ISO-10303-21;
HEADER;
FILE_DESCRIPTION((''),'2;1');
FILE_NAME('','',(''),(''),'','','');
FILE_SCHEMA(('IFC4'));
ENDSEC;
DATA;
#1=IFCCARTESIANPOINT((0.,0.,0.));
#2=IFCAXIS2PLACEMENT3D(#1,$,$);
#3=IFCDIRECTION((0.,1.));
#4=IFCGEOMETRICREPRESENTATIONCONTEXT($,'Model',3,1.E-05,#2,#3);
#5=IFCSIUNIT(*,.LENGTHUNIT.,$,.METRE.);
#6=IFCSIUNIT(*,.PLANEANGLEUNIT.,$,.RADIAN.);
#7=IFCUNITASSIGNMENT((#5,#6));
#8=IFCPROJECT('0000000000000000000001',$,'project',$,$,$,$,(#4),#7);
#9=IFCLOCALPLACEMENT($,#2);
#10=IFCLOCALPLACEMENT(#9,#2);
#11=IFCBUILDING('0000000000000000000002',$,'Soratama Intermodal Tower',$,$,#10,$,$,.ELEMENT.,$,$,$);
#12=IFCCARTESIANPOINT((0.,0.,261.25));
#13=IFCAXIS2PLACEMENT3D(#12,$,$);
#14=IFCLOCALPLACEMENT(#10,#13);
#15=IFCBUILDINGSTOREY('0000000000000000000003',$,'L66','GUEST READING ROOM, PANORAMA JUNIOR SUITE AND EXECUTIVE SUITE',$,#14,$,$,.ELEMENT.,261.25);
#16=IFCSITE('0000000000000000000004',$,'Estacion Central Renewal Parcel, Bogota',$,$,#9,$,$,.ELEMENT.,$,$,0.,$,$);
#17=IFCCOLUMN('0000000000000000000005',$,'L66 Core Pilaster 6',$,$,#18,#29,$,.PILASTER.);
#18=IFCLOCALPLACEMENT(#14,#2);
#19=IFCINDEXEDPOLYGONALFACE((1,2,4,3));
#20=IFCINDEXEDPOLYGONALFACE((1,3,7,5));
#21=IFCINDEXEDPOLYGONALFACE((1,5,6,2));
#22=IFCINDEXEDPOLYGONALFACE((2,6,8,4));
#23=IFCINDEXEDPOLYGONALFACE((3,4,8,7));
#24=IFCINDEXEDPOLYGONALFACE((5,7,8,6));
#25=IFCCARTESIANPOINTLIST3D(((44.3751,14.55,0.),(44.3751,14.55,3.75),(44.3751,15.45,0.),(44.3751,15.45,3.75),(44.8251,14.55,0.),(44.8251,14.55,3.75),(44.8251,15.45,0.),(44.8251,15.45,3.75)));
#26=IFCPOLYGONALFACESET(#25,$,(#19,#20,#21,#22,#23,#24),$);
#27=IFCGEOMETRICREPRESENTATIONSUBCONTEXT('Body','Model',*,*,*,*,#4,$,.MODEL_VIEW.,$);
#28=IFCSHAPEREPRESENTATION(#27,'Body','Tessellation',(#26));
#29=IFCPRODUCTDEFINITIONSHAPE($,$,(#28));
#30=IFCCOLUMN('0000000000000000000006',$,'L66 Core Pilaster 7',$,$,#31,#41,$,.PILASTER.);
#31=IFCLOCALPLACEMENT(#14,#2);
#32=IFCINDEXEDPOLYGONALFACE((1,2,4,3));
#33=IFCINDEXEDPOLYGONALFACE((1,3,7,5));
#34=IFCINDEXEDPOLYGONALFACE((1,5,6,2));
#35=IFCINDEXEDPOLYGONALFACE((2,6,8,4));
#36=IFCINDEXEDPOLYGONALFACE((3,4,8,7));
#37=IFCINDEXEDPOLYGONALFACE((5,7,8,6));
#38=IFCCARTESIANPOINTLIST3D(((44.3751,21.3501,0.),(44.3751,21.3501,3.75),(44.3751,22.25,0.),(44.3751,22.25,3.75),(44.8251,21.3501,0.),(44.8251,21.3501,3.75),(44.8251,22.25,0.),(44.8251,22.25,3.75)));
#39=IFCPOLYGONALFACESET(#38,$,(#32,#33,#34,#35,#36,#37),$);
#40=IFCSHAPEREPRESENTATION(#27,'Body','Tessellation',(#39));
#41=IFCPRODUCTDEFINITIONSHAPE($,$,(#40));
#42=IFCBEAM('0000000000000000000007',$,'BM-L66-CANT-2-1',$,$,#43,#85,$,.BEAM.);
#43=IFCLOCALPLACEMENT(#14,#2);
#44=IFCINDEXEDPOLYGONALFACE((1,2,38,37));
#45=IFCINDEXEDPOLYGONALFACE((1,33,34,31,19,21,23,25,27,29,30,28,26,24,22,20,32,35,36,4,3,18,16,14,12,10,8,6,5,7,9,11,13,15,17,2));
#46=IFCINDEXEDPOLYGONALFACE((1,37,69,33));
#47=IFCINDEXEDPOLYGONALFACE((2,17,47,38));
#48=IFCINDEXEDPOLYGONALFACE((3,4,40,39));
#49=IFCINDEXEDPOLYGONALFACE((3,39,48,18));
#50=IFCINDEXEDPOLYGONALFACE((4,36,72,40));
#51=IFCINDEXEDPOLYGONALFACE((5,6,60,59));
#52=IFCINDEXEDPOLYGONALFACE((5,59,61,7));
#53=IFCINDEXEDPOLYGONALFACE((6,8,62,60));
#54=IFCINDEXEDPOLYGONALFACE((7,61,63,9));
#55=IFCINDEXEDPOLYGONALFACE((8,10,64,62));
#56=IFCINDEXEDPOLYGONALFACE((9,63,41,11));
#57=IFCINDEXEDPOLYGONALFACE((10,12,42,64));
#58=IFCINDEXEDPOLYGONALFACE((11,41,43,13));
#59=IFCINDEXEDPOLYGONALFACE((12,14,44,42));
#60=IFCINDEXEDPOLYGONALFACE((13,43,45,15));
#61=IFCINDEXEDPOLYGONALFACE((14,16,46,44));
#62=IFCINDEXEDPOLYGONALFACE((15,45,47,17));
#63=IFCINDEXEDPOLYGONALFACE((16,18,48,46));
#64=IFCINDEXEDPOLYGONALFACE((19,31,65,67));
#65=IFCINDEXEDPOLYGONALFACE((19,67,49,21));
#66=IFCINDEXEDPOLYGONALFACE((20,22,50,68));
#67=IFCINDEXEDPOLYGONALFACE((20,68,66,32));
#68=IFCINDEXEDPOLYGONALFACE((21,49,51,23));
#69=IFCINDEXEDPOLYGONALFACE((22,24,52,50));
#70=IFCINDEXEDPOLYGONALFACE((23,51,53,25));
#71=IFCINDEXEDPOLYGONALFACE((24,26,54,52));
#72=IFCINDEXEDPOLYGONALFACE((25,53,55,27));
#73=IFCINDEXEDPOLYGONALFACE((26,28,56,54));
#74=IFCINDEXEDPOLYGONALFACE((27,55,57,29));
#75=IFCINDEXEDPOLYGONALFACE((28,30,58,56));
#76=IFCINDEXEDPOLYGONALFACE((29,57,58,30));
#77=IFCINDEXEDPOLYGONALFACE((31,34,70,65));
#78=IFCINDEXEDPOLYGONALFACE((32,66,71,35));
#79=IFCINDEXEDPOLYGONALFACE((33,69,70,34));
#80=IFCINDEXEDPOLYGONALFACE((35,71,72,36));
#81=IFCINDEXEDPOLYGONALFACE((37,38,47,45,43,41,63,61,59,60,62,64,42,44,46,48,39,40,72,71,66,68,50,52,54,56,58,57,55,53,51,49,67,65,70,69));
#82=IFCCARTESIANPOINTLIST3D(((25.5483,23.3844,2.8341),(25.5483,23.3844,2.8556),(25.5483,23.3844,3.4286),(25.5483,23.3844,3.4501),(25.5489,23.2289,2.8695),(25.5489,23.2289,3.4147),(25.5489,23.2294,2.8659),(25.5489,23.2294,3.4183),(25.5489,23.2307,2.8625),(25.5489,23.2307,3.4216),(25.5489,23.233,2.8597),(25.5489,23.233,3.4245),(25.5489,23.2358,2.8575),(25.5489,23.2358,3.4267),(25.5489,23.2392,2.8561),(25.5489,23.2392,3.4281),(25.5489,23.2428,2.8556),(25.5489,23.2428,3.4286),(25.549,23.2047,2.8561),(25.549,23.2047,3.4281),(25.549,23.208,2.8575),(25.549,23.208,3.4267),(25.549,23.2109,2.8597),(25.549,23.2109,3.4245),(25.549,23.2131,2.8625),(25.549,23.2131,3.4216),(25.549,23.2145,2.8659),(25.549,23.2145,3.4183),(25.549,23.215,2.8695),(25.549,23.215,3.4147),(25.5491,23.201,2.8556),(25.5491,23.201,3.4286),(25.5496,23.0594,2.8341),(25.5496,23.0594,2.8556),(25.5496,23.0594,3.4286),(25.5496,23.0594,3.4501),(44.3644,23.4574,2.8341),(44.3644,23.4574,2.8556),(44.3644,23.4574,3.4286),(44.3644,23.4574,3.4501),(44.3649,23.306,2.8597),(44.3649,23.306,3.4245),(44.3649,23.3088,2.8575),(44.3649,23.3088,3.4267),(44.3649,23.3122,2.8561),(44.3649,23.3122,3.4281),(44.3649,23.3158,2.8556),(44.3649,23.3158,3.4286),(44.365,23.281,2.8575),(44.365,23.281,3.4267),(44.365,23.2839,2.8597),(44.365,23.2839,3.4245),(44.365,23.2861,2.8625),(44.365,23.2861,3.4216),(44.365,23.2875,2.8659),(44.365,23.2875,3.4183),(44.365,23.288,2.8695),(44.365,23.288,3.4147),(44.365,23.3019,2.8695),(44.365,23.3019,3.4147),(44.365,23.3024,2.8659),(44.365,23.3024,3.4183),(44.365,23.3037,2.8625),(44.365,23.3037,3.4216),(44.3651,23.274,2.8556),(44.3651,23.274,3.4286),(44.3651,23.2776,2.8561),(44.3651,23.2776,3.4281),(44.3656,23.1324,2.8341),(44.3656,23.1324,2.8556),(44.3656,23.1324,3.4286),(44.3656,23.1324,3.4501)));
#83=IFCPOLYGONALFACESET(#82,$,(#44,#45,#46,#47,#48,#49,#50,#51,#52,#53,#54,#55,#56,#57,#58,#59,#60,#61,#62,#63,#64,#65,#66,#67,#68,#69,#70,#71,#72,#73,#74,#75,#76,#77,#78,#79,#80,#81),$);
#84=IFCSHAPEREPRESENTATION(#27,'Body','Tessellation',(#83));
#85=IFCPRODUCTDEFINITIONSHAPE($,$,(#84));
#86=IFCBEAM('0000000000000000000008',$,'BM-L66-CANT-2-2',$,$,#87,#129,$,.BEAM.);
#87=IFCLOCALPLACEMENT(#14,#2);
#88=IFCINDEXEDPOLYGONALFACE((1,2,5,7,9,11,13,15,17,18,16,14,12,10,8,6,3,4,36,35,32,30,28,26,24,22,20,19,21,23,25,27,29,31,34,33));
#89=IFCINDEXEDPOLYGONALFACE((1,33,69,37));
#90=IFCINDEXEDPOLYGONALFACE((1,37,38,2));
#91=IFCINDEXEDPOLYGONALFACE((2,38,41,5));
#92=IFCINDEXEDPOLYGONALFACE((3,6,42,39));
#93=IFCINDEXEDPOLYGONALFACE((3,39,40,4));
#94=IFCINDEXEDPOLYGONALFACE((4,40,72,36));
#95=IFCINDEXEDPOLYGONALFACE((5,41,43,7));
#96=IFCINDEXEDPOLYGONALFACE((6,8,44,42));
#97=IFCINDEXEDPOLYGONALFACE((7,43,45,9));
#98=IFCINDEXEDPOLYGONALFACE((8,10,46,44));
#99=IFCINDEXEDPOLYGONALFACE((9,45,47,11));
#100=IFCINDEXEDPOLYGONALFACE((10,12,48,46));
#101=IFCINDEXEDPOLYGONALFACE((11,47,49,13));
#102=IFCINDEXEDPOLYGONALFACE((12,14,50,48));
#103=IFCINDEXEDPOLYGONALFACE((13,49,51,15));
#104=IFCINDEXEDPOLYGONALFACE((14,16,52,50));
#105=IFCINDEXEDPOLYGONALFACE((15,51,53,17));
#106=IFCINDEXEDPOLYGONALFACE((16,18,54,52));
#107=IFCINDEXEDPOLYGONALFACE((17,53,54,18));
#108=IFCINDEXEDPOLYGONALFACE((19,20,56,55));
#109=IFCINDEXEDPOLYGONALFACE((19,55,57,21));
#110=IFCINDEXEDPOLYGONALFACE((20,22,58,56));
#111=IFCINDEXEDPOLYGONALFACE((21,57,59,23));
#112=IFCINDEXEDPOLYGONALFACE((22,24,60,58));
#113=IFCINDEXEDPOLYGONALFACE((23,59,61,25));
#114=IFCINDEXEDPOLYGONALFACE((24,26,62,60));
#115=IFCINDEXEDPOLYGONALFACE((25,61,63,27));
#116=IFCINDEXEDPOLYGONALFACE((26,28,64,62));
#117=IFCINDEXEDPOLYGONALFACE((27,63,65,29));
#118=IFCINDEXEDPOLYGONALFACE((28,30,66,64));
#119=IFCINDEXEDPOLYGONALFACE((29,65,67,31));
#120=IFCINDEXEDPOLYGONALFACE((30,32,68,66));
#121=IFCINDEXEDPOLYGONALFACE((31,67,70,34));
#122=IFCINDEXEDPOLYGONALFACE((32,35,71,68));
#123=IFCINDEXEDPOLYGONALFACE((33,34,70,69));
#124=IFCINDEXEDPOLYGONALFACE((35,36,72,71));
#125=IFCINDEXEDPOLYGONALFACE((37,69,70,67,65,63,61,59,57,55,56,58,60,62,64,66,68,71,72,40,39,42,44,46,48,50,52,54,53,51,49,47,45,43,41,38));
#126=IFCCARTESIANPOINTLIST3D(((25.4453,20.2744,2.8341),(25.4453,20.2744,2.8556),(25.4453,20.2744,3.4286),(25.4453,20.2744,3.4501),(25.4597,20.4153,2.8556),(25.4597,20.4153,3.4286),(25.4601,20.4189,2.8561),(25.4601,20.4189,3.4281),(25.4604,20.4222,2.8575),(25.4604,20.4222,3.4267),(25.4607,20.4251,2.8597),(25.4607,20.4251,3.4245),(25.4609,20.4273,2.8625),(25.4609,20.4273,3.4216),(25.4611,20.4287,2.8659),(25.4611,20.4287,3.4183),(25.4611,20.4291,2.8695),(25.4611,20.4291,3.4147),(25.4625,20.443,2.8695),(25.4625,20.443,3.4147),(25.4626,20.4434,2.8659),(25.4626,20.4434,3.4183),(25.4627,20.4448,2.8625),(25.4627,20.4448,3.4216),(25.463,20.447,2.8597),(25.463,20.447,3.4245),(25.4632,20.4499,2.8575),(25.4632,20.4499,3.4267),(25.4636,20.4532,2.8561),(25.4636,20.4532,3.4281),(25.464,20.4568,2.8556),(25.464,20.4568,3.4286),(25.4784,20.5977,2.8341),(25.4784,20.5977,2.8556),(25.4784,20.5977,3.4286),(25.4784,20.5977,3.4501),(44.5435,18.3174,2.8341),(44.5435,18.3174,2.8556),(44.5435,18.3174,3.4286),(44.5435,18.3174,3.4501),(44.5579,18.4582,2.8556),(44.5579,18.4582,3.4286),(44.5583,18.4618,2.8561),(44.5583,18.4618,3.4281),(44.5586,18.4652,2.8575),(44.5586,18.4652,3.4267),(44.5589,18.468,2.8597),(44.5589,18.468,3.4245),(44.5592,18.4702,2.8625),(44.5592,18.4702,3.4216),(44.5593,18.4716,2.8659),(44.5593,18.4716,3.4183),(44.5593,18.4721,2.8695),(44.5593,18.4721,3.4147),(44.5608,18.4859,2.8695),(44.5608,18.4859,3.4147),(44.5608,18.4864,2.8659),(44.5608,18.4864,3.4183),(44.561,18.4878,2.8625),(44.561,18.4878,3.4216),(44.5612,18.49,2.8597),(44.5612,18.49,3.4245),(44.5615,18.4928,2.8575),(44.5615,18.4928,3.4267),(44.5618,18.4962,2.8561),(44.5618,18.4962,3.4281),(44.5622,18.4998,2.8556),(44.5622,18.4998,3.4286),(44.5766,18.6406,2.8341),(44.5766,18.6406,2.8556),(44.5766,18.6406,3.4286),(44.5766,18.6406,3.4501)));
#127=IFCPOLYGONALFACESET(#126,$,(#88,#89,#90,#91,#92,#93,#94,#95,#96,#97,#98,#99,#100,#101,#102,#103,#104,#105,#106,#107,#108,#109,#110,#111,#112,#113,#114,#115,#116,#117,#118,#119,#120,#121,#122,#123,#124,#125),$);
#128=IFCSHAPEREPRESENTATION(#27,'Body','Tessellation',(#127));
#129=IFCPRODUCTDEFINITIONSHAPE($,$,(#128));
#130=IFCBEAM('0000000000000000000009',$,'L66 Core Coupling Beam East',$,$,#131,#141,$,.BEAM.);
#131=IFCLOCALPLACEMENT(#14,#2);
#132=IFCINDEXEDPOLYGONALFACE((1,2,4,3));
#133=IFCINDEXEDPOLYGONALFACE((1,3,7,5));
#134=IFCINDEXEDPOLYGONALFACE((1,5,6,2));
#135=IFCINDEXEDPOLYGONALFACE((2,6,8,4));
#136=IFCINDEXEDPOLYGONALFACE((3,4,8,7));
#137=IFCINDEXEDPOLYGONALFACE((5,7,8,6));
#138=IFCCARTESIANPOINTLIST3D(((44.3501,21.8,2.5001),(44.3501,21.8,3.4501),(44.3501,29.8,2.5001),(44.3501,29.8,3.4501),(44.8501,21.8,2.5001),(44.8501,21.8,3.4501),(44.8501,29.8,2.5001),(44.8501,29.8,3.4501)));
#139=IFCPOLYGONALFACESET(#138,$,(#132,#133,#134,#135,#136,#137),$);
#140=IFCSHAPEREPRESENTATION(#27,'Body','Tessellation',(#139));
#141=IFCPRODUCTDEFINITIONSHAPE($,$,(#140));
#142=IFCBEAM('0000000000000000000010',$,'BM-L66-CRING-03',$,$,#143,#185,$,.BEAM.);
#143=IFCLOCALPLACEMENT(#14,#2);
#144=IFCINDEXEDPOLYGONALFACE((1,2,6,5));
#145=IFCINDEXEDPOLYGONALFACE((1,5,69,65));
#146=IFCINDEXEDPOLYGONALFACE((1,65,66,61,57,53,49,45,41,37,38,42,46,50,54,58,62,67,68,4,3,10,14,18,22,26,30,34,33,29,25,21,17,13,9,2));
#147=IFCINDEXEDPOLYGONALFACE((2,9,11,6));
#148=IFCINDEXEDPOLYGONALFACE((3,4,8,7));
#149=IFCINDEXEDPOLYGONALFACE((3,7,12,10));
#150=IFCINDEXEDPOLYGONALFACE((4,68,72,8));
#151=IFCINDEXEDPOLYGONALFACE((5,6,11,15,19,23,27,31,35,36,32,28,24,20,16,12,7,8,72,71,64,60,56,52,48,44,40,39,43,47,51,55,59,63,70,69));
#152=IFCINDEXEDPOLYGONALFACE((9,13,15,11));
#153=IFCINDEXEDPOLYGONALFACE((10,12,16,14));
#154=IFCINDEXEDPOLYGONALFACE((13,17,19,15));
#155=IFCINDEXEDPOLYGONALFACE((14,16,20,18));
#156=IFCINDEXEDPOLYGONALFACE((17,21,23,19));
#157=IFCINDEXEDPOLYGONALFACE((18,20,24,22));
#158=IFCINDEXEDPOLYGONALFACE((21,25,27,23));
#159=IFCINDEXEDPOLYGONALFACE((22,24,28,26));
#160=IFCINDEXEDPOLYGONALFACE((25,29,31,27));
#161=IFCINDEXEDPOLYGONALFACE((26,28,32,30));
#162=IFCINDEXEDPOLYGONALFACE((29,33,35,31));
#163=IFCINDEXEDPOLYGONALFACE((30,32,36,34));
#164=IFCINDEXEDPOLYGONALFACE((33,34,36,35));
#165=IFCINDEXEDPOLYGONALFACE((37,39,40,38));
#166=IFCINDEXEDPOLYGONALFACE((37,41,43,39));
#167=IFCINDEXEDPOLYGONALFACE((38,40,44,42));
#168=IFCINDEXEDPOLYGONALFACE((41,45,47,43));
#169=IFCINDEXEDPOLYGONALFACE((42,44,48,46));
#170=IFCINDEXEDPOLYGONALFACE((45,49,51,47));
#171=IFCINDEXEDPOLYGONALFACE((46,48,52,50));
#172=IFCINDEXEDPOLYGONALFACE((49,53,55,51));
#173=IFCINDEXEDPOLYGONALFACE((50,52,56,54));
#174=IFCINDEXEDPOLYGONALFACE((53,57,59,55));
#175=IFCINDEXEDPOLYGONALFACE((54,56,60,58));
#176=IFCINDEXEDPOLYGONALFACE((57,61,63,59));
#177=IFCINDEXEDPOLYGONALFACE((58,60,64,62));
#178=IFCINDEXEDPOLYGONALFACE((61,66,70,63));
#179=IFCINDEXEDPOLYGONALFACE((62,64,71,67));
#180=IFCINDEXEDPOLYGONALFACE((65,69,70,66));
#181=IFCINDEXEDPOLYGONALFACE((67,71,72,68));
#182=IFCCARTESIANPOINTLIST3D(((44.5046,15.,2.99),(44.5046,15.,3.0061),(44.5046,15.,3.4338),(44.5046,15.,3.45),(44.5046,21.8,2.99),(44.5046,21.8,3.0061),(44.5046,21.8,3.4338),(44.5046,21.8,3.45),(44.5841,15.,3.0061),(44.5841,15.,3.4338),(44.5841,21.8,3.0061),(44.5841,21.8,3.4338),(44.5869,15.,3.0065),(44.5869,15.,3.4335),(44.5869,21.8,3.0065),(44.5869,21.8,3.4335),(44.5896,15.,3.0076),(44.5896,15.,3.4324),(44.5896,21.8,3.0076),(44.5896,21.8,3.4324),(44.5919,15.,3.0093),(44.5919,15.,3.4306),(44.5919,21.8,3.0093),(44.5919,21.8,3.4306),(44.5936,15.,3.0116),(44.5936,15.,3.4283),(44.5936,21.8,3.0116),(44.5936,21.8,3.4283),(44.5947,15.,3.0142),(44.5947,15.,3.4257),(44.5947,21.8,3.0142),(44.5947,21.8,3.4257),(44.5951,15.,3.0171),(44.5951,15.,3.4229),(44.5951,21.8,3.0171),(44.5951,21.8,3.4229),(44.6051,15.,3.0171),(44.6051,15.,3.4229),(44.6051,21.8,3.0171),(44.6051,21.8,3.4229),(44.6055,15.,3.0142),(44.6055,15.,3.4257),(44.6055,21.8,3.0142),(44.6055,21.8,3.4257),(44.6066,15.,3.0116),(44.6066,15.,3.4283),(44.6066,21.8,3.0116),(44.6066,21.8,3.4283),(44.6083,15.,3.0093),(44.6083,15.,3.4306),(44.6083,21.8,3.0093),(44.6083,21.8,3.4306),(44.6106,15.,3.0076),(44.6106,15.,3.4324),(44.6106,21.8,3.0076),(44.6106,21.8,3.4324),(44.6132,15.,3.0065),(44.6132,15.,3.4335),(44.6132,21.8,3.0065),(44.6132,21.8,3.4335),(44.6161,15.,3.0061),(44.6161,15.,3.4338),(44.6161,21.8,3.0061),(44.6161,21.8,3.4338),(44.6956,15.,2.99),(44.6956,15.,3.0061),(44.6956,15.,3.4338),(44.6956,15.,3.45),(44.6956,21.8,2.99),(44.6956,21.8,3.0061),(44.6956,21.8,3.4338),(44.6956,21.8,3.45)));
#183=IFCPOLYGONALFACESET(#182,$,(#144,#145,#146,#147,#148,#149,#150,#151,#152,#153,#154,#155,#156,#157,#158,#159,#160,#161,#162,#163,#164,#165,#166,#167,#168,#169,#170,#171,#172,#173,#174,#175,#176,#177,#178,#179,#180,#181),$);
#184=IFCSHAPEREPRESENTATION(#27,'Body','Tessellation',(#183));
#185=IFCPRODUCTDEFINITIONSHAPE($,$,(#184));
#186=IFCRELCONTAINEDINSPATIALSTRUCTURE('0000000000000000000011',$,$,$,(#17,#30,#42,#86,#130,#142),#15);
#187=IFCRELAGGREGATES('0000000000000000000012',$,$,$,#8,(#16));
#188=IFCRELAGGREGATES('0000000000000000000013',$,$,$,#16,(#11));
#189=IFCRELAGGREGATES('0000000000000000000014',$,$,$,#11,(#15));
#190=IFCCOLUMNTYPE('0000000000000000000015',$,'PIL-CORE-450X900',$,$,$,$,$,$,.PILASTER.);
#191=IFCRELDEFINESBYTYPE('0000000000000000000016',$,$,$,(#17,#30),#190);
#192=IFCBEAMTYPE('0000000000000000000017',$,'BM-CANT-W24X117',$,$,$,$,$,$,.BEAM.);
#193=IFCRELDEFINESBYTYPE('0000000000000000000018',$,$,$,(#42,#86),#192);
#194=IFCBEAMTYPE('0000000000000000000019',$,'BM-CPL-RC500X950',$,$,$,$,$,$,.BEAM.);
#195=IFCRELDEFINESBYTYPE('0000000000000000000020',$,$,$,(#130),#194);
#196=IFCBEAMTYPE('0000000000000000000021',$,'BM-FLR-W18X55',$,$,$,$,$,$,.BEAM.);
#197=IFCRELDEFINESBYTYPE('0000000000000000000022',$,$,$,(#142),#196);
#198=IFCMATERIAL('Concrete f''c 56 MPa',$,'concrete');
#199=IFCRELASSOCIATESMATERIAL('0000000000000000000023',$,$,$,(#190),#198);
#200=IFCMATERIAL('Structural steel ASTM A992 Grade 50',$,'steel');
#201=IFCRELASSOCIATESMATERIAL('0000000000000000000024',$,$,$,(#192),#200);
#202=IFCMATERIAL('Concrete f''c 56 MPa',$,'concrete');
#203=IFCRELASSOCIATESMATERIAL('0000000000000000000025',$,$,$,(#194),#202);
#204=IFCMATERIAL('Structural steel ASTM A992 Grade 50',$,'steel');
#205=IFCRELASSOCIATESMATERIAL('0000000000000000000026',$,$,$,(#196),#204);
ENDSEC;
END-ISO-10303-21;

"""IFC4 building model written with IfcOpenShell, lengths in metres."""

from ifc_helpers import new_model, si_unit, direction, frame, origin, origin_2d, place, context, subcontext, project, spatial, rectangle, i_section, extrude, material, material_profile, profile_set, type_object, element, save


model = new_model("IFC4")

# Units and contexts
model_context = context("Model", 3, precision=1e-05, world=origin(), true_north=direction((0.0, 1.0)))
body_context = subcontext(model_context, "Body", "Model", "MODEL_VIEW")
ifc_project = project(units=[si_unit("LENGTHUNIT", "METRE"), si_unit("PLANEANGLEUNIT", "RADIAN")], contexts=[model_context])

# Site, building, storey
site_placement = place(None, origin())
site = spatial("IfcSite", under=ifc_project, at=site_placement, Name="Estacion Central Renewal Parcel, Bogota", CompositionType="ELEMENT", RefElevation=0.0)
building_placement = place(site_placement, origin())
building = spatial("IfcBuilding", under=site, at=building_placement, Name="Soratama Intermodal Tower", CompositionType="ELEMENT")
storey_placement = place(building_placement, frame((0.0, 0.0, 261.25)))
storey = spatial("IfcBuildingStorey", under=building, at=storey_placement, Name="L66", Description="GUEST READING ROOM, PANORAMA JUNIOR SUITE AND EXECUTIVE SUITE", CompositionType="ELEMENT", Elevation=261.25)

# Columns
ifc_material_1 = material(Name="Concrete f'c 56 MPa", Category="concrete")
ifc_material_profile_1 = material_profile(ifc_material_1, rectangle(XDim=0.45, YDim=0.8999, at=origin_2d()), Name="RC450X900")
ifc_profile_set_1 = profile_set([ifc_material_profile_1], Name="Concrete f'c 56 MPa")
column_type = type_object("IfcColumnType", Name="PIL-CORE-450X900", PredefinedType="PILASTER", material=ifc_profile_set_1)
for number, where, z_axis, x_axis, name in (
    (1, (44.6001, 15.0, 0.0), (0.0, 0.0, 1.0), (1.0, 0.0, 0.0), "L66 Core Pilaster 6"),
    (2, (44.6001, 21.8, 0.0), (0.0, 0.0, 1.0), (1.0, 0.0, 0.0), "L66 Core Pilaster 7"),
):
    element("IfcColumn", number, at=place(storey_placement, frame(where, z_axis=z_axis, x_axis=x_axis)), inside=storey, type_object=column_type, Name=name, PredefinedType="PILASTER", context=body_context, shape_type="SweptSolid", body=[
        extrude(rectangle(XDim=0.45, YDim=0.8999, at=origin_2d()), origin(), (0.0, 0.0, 1.0), 3.75),
    ])

# Beams
ifc_material_2 = material(Name="Structural steel ASTM A992 Grade 50", Category="steel")
ifc_material_profile_2 = material_profile(ifc_material_2, i_section(OverallWidth=0.325, OverallDepth=0.616, WebThickness=0.0139, FlangeThickness=0.0215, FilletRadius=0.0139, at=origin_2d()), Name="W24X117")
ifc_profile_set_2 = profile_set([ifc_material_profile_2], Name="Structural steel ASTM A992 Grade 50")
beam_type_1 = type_object("IfcBeamType", Name="BM-CANT-W24X117", PredefinedType="BEAM", material=ifc_profile_set_2)
beam_1_placement = place(storey_placement, frame((44.365, 23.2949, 3.1421), z_axis=(-0.999992, -0.00388, 0.0), x_axis=(0.00388, -0.999992, 0.0)))
element("IfcBeam", 3, at=beam_1_placement, inside=storey, type_object=beam_type_1, Name="BM-L66-CANT-2-1", PredefinedType="BEAM", context=body_context, shape_type="SweptSolid", body=[
    extrude(i_section(OverallWidth=0.325, OverallDepth=0.616, WebThickness=0.0139, FlangeThickness=0.0215, FilletRadius=0.0139, at=origin_2d()), origin(), (0.0, 0.0, 1.0), 18.8162),
])
beam_2_placement = place(storey_placement, frame((44.5601, 18.479, 3.1421), z_axis=(-0.994791, 0.101939, 0.0), x_axis=(-0.101939, -0.994791, 0.0)))
element("IfcBeam", 4, at=beam_2_placement, inside=storey, type_object=beam_type_1, Name="BM-L66-CANT-2-2", PredefinedType="BEAM", context=body_context, shape_type="SweptSolid", body=[
    extrude(i_section(OverallWidth=0.325, OverallDepth=0.616, WebThickness=0.0139, FlangeThickness=0.0215, FilletRadius=0.0139, at=origin_2d()), origin(), (0.0, 0.0, 1.0), 19.1982),
])
ifc_material_3 = material(Name="Concrete f'c 56 MPa", Category="concrete")
ifc_material_profile_3 = material_profile(ifc_material_3, rectangle(XDim=0.5, YDim=0.95, at=origin_2d()), Name="RC500X950")
ifc_profile_set_3 = profile_set([ifc_material_profile_3], Name="Concrete f'c 56 MPa")
beam_type_2 = type_object("IfcBeamType", Name="BM-CPL-RC500X950", PredefinedType="BEAM", material=ifc_profile_set_3)
beam_3_placement = place(storey_placement, frame((44.6001, 21.8, 2.9751), z_axis=(0.0, 1.0, 0.0), x_axis=(-1.0, 0.0, 0.0)))
element("IfcBeam", 5, at=beam_3_placement, inside=storey, type_object=beam_type_2, Name="L66 Core Coupling Beam East", PredefinedType="BEAM", context=body_context, shape_type="SweptSolid", body=[
    extrude(rectangle(XDim=0.5, YDim=0.95, at=origin_2d()), origin(), (0.0, 0.0, 1.0), 8.0),
])
ifc_material_4 = material(Name="Structural steel ASTM A992 Grade 50", Category="steel")
ifc_material_profile_4 = material_profile(ifc_material_4, i_section(OverallWidth=0.1909, OverallDepth=0.46, WebThickness=0.01, FlangeThickness=0.0161, FilletRadius=0.011, at=origin_2d()), Name="W18X55")
ifc_profile_set_4 = profile_set([ifc_material_profile_4], Name="Structural steel ASTM A992 Grade 50")
beam_type_3 = type_object("IfcBeamType", Name="BM-FLR-W18X55", PredefinedType="BEAM", material=ifc_profile_set_4)
beam_4_placement = place(storey_placement, frame((44.6001, 15.0, 3.22), z_axis=(0.0, 1.0, 0.0), x_axis=(-1.0, 0.0, 0.0)))
element("IfcBeam", 6, at=beam_4_placement, inside=storey, type_object=beam_type_3, Name="BM-L66-CRING-03", PredefinedType="BEAM", context=body_context, shape_type="SweptSolid", body=[
    extrude(i_section(OverallWidth=0.1909, OverallDepth=0.46, WebThickness=0.01, FlangeThickness=0.0161, FilletRadius=0.011, at=origin_2d()), origin(), (0.0, 0.0, 1.0), 6.8),
])

save(model, "model.ifc")
